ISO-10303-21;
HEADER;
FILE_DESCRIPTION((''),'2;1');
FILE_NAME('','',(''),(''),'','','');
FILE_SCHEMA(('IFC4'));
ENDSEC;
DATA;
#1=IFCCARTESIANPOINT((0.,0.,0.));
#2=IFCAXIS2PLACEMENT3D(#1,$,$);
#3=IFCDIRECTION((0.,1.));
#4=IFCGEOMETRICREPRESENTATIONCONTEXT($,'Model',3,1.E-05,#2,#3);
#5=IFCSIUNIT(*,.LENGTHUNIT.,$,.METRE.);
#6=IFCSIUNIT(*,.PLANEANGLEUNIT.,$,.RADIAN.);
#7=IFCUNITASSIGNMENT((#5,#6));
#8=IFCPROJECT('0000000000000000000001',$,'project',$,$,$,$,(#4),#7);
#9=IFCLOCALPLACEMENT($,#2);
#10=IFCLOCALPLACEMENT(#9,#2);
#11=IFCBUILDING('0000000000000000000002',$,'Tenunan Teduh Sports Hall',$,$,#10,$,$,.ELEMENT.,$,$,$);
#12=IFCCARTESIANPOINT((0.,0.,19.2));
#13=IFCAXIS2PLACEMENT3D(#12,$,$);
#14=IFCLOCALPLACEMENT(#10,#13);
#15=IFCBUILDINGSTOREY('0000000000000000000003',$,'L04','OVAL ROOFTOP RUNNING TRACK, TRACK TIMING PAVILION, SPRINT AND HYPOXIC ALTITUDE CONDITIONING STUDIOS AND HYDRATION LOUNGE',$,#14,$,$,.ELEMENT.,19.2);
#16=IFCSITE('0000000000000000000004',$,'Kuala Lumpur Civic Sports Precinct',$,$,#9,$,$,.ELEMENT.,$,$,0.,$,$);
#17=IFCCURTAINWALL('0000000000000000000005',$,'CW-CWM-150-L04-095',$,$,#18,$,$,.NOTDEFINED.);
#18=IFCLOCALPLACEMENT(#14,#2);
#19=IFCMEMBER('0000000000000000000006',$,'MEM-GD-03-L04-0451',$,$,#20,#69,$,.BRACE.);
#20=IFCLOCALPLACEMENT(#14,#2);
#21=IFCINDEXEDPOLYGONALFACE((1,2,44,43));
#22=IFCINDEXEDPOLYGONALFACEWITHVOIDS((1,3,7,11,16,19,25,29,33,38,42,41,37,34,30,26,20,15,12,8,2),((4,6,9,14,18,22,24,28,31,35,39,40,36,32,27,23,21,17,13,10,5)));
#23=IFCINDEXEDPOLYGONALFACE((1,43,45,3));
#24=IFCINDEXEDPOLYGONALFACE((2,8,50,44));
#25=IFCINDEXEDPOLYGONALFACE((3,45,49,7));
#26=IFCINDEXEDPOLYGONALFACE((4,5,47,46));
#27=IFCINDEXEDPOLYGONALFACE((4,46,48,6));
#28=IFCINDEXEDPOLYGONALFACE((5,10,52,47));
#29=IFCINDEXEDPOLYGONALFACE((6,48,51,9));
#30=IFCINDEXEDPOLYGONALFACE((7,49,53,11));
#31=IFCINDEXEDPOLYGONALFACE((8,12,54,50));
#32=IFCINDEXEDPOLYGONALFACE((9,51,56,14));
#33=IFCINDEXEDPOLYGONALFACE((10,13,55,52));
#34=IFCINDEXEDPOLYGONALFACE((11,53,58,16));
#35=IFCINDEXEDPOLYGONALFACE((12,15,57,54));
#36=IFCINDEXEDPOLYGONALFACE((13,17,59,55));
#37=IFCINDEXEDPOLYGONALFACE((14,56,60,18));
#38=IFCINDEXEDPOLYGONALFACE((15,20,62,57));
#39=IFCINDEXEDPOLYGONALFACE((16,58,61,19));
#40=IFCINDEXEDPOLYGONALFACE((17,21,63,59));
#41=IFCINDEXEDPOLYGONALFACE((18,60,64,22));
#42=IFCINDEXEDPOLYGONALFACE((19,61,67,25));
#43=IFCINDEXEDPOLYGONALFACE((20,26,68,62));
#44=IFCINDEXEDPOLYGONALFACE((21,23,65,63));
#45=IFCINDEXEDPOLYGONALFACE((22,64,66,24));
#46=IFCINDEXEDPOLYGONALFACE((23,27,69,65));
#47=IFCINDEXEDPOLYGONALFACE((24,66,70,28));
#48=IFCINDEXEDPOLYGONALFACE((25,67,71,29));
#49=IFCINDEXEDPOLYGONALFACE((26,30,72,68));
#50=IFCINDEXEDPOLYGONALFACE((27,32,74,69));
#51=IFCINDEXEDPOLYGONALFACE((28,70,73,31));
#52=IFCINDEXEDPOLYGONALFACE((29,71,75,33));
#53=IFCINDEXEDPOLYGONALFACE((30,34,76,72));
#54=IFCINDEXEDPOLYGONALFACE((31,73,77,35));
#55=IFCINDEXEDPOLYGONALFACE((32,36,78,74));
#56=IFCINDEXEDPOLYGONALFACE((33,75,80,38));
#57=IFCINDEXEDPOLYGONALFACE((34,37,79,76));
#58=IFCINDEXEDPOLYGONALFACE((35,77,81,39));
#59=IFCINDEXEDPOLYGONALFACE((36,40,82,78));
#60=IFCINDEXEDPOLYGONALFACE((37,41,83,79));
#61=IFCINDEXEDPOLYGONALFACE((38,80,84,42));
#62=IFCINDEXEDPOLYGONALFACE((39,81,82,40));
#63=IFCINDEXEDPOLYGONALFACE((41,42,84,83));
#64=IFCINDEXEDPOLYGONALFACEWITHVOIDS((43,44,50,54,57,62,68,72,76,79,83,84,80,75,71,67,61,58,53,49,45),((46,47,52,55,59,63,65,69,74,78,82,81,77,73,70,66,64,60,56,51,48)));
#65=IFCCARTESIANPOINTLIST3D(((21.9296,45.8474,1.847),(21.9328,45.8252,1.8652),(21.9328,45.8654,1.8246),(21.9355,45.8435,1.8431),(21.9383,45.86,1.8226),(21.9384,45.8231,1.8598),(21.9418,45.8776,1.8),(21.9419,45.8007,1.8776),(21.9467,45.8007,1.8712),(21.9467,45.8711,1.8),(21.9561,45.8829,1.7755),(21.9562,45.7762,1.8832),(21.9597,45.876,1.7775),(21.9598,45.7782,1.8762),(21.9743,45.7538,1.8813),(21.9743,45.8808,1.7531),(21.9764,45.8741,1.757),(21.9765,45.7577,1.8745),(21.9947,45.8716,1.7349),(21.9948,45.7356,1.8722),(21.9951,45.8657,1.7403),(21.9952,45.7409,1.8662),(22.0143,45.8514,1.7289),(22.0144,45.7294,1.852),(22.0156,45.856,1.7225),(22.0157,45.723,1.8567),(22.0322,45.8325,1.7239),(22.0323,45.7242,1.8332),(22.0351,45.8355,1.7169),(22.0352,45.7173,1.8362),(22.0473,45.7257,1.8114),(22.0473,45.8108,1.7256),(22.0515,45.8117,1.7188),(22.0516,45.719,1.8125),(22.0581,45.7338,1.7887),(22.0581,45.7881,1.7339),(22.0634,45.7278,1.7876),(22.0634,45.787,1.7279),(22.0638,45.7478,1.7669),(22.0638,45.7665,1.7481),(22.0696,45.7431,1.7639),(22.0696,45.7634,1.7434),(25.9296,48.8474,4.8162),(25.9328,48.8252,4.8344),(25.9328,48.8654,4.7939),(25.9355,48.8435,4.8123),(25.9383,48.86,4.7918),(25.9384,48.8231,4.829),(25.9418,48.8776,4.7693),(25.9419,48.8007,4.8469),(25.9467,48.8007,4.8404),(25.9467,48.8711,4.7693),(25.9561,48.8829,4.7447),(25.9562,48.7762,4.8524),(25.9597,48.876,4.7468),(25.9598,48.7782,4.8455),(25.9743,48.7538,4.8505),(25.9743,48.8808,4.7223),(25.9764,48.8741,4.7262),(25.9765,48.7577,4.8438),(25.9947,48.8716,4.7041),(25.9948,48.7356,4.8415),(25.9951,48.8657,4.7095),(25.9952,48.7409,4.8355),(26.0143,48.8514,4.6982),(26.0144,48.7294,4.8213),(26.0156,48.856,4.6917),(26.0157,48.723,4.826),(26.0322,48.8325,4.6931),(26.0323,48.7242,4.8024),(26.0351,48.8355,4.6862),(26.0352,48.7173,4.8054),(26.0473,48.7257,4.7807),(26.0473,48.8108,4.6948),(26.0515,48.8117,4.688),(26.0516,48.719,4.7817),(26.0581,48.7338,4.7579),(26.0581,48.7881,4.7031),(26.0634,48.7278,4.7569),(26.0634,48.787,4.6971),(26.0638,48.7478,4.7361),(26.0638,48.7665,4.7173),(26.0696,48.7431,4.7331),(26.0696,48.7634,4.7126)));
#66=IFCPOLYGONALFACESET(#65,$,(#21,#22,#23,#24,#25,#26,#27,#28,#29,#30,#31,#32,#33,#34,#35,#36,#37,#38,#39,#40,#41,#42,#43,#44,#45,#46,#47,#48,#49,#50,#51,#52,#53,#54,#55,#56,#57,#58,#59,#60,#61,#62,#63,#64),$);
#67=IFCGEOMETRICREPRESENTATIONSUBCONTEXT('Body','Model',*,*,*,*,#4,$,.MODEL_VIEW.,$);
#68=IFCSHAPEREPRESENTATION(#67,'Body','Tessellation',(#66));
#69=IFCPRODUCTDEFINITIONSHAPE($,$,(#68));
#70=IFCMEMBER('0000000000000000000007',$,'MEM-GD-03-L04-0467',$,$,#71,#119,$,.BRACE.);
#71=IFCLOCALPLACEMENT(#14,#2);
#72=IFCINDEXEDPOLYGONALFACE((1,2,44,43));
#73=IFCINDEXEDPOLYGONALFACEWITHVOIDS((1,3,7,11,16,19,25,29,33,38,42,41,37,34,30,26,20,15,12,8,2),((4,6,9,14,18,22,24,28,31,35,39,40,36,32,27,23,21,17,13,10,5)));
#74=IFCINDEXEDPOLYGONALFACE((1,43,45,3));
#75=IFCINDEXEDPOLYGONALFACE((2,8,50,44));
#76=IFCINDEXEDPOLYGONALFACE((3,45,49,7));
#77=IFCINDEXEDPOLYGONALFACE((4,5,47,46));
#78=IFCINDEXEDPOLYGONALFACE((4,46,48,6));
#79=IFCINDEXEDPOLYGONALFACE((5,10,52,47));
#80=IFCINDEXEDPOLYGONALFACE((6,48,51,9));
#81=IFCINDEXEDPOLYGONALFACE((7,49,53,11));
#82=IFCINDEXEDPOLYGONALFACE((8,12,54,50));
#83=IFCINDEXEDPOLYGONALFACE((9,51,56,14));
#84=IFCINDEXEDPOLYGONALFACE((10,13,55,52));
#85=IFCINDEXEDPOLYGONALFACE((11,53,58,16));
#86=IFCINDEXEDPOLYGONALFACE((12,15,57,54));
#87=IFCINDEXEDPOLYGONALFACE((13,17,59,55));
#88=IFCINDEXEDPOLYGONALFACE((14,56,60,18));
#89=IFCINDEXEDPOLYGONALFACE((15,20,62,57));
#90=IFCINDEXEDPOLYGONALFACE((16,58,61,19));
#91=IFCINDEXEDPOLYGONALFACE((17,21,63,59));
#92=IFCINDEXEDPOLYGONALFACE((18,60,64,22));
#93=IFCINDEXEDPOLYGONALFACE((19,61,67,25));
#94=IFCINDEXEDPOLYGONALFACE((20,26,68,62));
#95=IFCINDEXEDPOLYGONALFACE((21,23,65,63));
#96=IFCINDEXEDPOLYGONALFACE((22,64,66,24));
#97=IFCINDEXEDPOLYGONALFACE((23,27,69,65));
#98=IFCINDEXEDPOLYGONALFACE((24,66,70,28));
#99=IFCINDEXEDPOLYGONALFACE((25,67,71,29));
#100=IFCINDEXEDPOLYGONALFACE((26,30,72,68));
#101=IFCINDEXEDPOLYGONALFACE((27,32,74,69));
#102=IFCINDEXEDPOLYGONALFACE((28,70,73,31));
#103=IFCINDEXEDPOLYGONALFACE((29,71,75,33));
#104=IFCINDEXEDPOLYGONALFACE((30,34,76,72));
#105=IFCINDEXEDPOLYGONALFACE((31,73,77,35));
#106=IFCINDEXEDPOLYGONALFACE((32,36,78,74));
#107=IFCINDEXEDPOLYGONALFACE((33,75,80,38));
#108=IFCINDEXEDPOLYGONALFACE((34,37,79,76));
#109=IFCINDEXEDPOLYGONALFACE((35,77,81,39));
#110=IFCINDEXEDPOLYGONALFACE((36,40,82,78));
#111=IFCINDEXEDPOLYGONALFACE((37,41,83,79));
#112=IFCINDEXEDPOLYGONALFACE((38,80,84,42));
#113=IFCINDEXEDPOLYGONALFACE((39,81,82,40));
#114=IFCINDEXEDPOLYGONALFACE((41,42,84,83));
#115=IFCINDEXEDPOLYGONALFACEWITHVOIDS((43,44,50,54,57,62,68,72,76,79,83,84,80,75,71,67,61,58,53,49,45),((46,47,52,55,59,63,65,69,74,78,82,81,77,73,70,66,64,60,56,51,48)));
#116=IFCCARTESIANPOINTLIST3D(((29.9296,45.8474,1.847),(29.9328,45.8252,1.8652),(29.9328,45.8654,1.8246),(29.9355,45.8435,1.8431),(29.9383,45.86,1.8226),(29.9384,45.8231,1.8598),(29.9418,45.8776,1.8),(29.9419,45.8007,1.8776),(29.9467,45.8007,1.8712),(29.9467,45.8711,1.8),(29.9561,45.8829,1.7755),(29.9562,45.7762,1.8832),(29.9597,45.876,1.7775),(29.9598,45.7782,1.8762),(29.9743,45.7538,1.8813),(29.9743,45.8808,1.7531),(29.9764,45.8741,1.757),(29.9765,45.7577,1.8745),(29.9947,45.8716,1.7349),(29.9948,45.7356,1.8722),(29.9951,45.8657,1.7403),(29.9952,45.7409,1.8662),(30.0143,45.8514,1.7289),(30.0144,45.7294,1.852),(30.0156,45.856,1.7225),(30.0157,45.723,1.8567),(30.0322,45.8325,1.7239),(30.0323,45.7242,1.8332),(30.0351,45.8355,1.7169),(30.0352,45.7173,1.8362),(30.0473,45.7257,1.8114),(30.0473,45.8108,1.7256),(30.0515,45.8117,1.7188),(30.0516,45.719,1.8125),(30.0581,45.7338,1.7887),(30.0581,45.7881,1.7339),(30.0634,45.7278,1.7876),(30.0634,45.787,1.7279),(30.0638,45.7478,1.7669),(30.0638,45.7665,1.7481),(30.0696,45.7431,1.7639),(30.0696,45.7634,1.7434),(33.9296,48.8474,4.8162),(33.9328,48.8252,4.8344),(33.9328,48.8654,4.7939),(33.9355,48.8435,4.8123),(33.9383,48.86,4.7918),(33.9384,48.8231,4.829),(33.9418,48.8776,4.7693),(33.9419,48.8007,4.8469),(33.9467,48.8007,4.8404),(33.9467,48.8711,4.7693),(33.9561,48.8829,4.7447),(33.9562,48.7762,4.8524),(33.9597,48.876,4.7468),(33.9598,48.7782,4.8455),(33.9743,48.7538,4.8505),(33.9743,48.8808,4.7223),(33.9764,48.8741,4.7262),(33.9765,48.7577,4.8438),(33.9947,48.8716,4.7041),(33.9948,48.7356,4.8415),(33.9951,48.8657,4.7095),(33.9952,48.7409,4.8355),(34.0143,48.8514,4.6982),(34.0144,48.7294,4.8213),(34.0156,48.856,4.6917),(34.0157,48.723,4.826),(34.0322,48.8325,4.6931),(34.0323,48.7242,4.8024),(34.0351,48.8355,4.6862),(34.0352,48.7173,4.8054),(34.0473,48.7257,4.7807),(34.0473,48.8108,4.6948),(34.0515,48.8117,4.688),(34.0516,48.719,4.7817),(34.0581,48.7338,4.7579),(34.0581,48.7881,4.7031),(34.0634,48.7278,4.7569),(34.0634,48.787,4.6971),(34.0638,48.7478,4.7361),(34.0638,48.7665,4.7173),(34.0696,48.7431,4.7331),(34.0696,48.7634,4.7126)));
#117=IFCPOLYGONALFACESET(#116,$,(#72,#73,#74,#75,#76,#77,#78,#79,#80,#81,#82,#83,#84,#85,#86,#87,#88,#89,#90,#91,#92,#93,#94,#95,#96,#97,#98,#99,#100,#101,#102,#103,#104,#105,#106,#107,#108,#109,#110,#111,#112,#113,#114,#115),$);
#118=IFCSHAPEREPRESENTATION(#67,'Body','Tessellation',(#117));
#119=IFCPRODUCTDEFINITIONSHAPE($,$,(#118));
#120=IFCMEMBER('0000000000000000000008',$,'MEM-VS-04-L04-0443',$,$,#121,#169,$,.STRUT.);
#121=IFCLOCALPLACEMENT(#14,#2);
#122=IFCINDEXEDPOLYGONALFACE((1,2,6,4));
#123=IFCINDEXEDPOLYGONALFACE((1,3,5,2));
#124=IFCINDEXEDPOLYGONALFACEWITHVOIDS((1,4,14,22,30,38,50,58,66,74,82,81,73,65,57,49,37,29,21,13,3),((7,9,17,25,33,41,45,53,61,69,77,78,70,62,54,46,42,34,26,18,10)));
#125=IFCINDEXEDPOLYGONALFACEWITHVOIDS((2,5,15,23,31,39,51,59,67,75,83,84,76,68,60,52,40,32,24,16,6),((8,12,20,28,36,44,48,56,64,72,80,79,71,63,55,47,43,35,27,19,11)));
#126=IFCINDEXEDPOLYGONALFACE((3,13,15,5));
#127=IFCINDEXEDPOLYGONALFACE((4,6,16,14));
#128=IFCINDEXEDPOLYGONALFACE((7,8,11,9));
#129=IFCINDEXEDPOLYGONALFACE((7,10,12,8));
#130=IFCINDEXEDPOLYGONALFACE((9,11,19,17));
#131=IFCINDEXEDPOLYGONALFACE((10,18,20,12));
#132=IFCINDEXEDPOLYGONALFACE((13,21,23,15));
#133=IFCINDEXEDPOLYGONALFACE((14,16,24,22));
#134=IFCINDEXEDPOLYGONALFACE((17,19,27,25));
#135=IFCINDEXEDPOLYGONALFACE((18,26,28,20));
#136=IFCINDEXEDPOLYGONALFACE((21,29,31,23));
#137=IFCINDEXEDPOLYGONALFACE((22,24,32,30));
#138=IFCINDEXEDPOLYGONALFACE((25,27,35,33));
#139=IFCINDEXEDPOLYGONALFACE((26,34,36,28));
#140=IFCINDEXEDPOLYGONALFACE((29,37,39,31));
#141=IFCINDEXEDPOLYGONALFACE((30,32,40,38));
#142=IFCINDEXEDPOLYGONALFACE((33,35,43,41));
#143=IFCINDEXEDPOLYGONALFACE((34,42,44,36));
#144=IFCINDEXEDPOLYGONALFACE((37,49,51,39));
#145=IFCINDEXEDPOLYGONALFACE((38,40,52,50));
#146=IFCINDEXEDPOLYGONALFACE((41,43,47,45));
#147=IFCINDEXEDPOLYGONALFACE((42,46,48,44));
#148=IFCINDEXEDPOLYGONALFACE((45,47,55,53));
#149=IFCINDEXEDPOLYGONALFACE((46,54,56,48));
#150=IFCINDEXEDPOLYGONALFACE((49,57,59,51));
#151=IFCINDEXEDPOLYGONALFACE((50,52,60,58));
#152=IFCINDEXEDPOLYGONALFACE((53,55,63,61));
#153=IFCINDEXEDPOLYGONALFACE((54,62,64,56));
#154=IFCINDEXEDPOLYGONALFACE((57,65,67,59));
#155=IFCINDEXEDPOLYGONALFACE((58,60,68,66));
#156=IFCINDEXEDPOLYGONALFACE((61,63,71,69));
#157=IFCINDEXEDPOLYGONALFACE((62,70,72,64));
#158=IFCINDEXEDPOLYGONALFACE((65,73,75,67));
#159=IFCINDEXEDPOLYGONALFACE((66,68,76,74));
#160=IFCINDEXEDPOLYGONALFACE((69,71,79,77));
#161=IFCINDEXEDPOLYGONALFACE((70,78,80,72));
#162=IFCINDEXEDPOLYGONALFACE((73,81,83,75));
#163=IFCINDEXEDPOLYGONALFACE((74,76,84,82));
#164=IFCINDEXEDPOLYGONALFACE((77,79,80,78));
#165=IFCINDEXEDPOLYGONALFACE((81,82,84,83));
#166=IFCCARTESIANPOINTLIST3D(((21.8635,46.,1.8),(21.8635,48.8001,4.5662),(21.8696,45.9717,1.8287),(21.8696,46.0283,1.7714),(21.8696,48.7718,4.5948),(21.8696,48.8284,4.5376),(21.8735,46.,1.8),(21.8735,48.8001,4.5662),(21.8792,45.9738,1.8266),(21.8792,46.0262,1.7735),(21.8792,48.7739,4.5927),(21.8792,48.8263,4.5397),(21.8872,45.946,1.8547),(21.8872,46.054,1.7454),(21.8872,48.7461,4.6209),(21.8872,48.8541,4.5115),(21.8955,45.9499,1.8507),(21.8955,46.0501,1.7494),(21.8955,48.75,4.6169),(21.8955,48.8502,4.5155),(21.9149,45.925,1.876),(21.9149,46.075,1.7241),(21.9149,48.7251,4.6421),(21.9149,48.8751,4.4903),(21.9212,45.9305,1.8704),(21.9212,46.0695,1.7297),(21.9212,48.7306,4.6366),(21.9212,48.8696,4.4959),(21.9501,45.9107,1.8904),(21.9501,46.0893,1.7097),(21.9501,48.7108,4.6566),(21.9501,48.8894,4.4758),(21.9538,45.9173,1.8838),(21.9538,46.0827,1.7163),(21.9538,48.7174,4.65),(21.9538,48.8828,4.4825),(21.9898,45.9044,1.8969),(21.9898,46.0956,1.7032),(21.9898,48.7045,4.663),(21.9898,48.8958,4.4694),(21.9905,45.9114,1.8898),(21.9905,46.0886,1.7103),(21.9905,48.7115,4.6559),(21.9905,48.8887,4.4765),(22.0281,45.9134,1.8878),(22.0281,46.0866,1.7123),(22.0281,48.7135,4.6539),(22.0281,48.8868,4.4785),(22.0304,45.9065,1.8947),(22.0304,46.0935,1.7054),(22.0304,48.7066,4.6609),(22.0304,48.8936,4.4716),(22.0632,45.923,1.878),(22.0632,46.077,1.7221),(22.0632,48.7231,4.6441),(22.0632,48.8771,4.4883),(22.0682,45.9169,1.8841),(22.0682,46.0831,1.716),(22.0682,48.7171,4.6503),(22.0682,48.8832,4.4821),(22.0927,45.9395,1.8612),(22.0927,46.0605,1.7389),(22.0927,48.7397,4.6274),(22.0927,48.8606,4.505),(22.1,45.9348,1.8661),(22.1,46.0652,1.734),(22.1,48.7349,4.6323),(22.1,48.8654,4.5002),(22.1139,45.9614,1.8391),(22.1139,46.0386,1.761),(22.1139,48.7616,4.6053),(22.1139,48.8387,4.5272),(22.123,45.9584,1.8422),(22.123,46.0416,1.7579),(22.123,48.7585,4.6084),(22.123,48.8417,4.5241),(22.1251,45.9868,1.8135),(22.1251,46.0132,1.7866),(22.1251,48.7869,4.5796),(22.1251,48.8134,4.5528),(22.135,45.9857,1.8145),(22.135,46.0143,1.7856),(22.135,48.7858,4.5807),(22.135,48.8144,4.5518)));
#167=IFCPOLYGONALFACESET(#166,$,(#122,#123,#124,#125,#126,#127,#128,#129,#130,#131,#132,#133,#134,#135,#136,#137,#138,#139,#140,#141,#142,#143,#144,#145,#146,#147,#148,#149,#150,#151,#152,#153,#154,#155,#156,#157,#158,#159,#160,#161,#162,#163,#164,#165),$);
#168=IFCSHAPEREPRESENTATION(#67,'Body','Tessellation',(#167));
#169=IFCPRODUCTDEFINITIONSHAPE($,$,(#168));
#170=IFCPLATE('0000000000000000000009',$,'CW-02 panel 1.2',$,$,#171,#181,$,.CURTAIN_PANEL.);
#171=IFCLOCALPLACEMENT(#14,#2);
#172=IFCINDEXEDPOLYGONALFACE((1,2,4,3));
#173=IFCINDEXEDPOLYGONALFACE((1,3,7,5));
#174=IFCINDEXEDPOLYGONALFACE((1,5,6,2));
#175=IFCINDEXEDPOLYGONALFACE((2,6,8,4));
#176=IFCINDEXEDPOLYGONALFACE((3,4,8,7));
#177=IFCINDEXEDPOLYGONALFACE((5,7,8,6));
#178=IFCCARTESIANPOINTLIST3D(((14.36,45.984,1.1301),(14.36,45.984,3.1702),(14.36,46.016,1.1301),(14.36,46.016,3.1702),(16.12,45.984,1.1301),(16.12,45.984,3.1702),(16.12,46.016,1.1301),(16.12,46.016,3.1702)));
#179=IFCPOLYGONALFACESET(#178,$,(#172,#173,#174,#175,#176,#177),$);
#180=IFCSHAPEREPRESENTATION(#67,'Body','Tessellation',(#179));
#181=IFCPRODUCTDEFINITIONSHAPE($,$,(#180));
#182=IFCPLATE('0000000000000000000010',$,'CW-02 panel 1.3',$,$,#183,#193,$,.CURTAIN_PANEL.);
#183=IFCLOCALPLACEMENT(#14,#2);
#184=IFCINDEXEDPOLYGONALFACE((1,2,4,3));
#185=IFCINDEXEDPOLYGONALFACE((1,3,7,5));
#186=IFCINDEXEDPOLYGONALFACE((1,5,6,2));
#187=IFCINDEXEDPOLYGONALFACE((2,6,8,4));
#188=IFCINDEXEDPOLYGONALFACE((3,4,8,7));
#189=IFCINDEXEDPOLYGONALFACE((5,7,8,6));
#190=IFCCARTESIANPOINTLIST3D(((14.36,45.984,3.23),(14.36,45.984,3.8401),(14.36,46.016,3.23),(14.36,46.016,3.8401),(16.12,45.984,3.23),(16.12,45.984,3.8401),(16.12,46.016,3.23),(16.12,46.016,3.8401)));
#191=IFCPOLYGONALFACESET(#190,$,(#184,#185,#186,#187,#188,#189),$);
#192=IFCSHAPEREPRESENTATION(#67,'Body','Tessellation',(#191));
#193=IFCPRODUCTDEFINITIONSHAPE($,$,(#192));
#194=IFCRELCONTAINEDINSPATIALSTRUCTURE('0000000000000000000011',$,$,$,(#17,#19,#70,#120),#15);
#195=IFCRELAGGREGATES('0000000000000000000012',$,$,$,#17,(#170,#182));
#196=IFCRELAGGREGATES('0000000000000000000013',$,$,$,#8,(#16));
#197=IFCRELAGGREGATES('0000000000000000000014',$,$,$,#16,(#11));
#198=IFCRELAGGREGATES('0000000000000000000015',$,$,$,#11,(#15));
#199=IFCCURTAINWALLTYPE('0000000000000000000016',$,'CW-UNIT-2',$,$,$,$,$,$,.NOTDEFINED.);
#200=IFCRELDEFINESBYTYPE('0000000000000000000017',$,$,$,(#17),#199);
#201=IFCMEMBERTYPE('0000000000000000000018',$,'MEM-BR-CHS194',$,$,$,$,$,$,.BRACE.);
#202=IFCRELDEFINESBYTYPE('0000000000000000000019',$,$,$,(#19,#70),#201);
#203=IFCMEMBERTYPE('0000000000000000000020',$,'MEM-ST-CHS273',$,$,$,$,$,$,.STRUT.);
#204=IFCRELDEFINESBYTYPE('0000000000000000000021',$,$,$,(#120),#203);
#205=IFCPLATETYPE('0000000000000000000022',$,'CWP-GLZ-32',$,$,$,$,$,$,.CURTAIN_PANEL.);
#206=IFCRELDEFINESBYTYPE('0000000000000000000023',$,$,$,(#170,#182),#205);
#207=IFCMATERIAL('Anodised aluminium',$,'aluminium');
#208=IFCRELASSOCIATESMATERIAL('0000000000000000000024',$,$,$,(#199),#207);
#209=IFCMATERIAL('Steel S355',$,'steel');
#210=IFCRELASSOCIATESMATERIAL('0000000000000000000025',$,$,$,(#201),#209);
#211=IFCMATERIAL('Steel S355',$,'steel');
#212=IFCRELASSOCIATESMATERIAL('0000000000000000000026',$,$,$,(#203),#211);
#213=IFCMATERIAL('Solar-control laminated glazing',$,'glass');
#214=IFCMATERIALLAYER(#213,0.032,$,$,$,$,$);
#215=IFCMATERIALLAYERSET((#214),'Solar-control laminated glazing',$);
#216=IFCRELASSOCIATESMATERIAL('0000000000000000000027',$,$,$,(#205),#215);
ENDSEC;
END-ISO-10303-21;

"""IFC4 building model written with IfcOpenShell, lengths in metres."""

from ifc_helpers import new_model, si_unit, direction, frame, origin, origin_2d, place, context, subcontext, project, spatial, rectangle, hollow_circle, extrude, material, layer, layer_set, material_profile, profile_set, type_object, element, aggregate, save


model = new_model("IFC4")

# Units and contexts
model_context = context("Model", 3, precision=1e-05, world=origin(), true_north=direction((0.0, 1.0)))
body_context = subcontext(model_context, "Body", "Model", "MODEL_VIEW")
ifc_project = project(units=[si_unit("LENGTHUNIT", "METRE"), si_unit("PLANEANGLEUNIT", "RADIAN")], contexts=[model_context])

# Site, building, storey
site_placement = place(None, origin())
site = spatial("IfcSite", under=ifc_project, at=site_placement, Name="Kuala Lumpur Civic Sports Precinct", CompositionType="ELEMENT", RefElevation=0.0)
building_placement = place(site_placement, origin())
building = spatial("IfcBuilding", under=site, at=building_placement, Name="Tenunan Teduh Sports Hall", CompositionType="ELEMENT")
storey_placement = place(building_placement, frame((0.0, 0.0, 19.2)))
storey = spatial("IfcBuildingStorey", under=building, at=storey_placement, Name="L04", Description="OVAL ROOFTOP RUNNING TRACK, TRACK TIMING PAVILION, SPRINT AND HYPOXIC ALTITUDE CONDITIONING STUDIOS AND HYDRATION LOUNGE", CompositionType="ELEMENT", Elevation=19.2)

# Curtain wall
ifc_material_1 = material(Name="Anodised aluminium", Category="aluminium")
curtain_wall_type = type_object("IfcCurtainWallType", Name="CW-UNIT-2", PredefinedType="NOTDEFINED", material=ifc_material_1)
curtain_wall_1_placement = place(storey_placement, origin())
curtain_wall_1 = element("IfcCurtainWall", 1, at=curtain_wall_1_placement, inside=storey, type_object=curtain_wall_type, Name="CW-CWM-150-L04-095", PredefinedType="NOTDEFINED")

# Members
ifc_material_2 = material(Name="Steel S355", Category="steel")
ifc_material_profile_1 = material_profile(ifc_material_2, hollow_circle(Radius=0.0969, WallThickness=0.0081, at=origin_2d()), Name="CHS 193.7x8.0")
ifc_profile_set_1 = profile_set([ifc_material_profile_1], Name="Steel S355")
member_type_1 = type_object("IfcMemberType", Name="MEM-BR-CHS194", PredefinedType="BRACE", material=ifc_profile_set_1)
for number, where, z_axis, x_axis, name in (
    (2, (22.0, 45.8, 1.8), (0.687854, 0.515891, 0.510601), (-0.6, 0.8, 0.0), "MEM-GD-03-L04-0451"),
    (3, (30.0, 45.8, 1.8), (0.687854, 0.515891, 0.510601), (-0.6, 0.8, 0.0), "MEM-GD-03-L04-0467"),
):
    element("IfcMember", number, at=place(storey_placement, frame(where, z_axis=z_axis, x_axis=x_axis)), inside=storey, type_object=member_type_1, Name=name, PredefinedType="BRACE", context=body_context, shape_type="SweptSolid", body=[
        extrude(hollow_circle(Radius=0.0969, WallThickness=0.0081, at=origin_2d()), origin(), (0.0, 0.0, 1.0), 5.8152),
    ])
ifc_material_3 = material(Name="Steel S355", Category="steel")
ifc_material_profile_2 = material_profile(ifc_material_3, hollow_circle(Radius=0.1365, WallThickness=0.01, at=origin_2d()), Name="CHS 273.0x10.0")
ifc_profile_set_2 = profile_set([ifc_material_profile_2], Name="Steel S355")
member_type_2 = type_object("IfcMemberType", Name="MEM-ST-CHS273", PredefinedType="STRUT", material=ifc_profile_set_2)
member_1_placement = place(storey_placement, frame((22.0, 46.0, 1.8), z_axis=(0.0, 0.711405, 0.702783), x_axis=(-1.0, 0.0, 0.0)))
element("IfcMember", 4, at=member_1_placement, inside=storey, type_object=member_type_2, Name="MEM-VS-04-L04-0443", PredefinedType="STRUT", context=body_context, shape_type="SweptSolid", body=[
    extrude(hollow_circle(Radius=0.1365, WallThickness=0.01, at=origin_2d()), origin(), (0.0, 0.0, 1.0), 3.936),
])

# Plates
ifc_material_4 = material(Name="Solar-control laminated glazing", Category="glass")
ifc_layer_1 = layer(ifc_material_4, 0.032)
ifc_layer_set_1 = layer_set([ifc_layer_1], Name="Solar-control laminated glazing")
plate_type_1 = type_object("IfcPlateType", Name="CWP-GLZ-32", PredefinedType="CURTAIN_PANEL", material=ifc_layer_set_1)
plate_1_placement = place(storey_placement, frame((15.24, 46.0, 1.1301), z_axis=(0.0, 0.0, 1.0), x_axis=(1.0, 0.0, 0.0)))
plate_1 = element("IfcPlate", 5, at=plate_1_placement, type_object=plate_type_1, Name="CW-02 panel 1.2", PredefinedType="CURTAIN_PANEL", context=body_context, shape_type="SweptSolid", body=[
    extrude(rectangle(XDim=1.76, YDim=0.032, at=origin_2d()), origin(), (0.0, 0.0, 1.0), 2.04),
])
plate_2_placement = place(storey_placement, frame((15.24, 46.0, 3.23), z_axis=(0.0, 0.0, 1.0), x_axis=(1.0, 0.0, 0.0)))
plate_2 = element("IfcPlate", 6, at=plate_2_placement, type_object=plate_type_1, Name="CW-02 panel 1.3", PredefinedType="CURTAIN_PANEL", context=body_context, shape_type="SweptSolid", body=[
    extrude(rectangle(XDim=1.76, YDim=0.032, at=origin_2d()), origin(), (0.0, 0.0, 1.0), 0.6101),
])
aggregate(curtain_wall_1, [plate_1, plate_2])

save(model, "model.ifc")
